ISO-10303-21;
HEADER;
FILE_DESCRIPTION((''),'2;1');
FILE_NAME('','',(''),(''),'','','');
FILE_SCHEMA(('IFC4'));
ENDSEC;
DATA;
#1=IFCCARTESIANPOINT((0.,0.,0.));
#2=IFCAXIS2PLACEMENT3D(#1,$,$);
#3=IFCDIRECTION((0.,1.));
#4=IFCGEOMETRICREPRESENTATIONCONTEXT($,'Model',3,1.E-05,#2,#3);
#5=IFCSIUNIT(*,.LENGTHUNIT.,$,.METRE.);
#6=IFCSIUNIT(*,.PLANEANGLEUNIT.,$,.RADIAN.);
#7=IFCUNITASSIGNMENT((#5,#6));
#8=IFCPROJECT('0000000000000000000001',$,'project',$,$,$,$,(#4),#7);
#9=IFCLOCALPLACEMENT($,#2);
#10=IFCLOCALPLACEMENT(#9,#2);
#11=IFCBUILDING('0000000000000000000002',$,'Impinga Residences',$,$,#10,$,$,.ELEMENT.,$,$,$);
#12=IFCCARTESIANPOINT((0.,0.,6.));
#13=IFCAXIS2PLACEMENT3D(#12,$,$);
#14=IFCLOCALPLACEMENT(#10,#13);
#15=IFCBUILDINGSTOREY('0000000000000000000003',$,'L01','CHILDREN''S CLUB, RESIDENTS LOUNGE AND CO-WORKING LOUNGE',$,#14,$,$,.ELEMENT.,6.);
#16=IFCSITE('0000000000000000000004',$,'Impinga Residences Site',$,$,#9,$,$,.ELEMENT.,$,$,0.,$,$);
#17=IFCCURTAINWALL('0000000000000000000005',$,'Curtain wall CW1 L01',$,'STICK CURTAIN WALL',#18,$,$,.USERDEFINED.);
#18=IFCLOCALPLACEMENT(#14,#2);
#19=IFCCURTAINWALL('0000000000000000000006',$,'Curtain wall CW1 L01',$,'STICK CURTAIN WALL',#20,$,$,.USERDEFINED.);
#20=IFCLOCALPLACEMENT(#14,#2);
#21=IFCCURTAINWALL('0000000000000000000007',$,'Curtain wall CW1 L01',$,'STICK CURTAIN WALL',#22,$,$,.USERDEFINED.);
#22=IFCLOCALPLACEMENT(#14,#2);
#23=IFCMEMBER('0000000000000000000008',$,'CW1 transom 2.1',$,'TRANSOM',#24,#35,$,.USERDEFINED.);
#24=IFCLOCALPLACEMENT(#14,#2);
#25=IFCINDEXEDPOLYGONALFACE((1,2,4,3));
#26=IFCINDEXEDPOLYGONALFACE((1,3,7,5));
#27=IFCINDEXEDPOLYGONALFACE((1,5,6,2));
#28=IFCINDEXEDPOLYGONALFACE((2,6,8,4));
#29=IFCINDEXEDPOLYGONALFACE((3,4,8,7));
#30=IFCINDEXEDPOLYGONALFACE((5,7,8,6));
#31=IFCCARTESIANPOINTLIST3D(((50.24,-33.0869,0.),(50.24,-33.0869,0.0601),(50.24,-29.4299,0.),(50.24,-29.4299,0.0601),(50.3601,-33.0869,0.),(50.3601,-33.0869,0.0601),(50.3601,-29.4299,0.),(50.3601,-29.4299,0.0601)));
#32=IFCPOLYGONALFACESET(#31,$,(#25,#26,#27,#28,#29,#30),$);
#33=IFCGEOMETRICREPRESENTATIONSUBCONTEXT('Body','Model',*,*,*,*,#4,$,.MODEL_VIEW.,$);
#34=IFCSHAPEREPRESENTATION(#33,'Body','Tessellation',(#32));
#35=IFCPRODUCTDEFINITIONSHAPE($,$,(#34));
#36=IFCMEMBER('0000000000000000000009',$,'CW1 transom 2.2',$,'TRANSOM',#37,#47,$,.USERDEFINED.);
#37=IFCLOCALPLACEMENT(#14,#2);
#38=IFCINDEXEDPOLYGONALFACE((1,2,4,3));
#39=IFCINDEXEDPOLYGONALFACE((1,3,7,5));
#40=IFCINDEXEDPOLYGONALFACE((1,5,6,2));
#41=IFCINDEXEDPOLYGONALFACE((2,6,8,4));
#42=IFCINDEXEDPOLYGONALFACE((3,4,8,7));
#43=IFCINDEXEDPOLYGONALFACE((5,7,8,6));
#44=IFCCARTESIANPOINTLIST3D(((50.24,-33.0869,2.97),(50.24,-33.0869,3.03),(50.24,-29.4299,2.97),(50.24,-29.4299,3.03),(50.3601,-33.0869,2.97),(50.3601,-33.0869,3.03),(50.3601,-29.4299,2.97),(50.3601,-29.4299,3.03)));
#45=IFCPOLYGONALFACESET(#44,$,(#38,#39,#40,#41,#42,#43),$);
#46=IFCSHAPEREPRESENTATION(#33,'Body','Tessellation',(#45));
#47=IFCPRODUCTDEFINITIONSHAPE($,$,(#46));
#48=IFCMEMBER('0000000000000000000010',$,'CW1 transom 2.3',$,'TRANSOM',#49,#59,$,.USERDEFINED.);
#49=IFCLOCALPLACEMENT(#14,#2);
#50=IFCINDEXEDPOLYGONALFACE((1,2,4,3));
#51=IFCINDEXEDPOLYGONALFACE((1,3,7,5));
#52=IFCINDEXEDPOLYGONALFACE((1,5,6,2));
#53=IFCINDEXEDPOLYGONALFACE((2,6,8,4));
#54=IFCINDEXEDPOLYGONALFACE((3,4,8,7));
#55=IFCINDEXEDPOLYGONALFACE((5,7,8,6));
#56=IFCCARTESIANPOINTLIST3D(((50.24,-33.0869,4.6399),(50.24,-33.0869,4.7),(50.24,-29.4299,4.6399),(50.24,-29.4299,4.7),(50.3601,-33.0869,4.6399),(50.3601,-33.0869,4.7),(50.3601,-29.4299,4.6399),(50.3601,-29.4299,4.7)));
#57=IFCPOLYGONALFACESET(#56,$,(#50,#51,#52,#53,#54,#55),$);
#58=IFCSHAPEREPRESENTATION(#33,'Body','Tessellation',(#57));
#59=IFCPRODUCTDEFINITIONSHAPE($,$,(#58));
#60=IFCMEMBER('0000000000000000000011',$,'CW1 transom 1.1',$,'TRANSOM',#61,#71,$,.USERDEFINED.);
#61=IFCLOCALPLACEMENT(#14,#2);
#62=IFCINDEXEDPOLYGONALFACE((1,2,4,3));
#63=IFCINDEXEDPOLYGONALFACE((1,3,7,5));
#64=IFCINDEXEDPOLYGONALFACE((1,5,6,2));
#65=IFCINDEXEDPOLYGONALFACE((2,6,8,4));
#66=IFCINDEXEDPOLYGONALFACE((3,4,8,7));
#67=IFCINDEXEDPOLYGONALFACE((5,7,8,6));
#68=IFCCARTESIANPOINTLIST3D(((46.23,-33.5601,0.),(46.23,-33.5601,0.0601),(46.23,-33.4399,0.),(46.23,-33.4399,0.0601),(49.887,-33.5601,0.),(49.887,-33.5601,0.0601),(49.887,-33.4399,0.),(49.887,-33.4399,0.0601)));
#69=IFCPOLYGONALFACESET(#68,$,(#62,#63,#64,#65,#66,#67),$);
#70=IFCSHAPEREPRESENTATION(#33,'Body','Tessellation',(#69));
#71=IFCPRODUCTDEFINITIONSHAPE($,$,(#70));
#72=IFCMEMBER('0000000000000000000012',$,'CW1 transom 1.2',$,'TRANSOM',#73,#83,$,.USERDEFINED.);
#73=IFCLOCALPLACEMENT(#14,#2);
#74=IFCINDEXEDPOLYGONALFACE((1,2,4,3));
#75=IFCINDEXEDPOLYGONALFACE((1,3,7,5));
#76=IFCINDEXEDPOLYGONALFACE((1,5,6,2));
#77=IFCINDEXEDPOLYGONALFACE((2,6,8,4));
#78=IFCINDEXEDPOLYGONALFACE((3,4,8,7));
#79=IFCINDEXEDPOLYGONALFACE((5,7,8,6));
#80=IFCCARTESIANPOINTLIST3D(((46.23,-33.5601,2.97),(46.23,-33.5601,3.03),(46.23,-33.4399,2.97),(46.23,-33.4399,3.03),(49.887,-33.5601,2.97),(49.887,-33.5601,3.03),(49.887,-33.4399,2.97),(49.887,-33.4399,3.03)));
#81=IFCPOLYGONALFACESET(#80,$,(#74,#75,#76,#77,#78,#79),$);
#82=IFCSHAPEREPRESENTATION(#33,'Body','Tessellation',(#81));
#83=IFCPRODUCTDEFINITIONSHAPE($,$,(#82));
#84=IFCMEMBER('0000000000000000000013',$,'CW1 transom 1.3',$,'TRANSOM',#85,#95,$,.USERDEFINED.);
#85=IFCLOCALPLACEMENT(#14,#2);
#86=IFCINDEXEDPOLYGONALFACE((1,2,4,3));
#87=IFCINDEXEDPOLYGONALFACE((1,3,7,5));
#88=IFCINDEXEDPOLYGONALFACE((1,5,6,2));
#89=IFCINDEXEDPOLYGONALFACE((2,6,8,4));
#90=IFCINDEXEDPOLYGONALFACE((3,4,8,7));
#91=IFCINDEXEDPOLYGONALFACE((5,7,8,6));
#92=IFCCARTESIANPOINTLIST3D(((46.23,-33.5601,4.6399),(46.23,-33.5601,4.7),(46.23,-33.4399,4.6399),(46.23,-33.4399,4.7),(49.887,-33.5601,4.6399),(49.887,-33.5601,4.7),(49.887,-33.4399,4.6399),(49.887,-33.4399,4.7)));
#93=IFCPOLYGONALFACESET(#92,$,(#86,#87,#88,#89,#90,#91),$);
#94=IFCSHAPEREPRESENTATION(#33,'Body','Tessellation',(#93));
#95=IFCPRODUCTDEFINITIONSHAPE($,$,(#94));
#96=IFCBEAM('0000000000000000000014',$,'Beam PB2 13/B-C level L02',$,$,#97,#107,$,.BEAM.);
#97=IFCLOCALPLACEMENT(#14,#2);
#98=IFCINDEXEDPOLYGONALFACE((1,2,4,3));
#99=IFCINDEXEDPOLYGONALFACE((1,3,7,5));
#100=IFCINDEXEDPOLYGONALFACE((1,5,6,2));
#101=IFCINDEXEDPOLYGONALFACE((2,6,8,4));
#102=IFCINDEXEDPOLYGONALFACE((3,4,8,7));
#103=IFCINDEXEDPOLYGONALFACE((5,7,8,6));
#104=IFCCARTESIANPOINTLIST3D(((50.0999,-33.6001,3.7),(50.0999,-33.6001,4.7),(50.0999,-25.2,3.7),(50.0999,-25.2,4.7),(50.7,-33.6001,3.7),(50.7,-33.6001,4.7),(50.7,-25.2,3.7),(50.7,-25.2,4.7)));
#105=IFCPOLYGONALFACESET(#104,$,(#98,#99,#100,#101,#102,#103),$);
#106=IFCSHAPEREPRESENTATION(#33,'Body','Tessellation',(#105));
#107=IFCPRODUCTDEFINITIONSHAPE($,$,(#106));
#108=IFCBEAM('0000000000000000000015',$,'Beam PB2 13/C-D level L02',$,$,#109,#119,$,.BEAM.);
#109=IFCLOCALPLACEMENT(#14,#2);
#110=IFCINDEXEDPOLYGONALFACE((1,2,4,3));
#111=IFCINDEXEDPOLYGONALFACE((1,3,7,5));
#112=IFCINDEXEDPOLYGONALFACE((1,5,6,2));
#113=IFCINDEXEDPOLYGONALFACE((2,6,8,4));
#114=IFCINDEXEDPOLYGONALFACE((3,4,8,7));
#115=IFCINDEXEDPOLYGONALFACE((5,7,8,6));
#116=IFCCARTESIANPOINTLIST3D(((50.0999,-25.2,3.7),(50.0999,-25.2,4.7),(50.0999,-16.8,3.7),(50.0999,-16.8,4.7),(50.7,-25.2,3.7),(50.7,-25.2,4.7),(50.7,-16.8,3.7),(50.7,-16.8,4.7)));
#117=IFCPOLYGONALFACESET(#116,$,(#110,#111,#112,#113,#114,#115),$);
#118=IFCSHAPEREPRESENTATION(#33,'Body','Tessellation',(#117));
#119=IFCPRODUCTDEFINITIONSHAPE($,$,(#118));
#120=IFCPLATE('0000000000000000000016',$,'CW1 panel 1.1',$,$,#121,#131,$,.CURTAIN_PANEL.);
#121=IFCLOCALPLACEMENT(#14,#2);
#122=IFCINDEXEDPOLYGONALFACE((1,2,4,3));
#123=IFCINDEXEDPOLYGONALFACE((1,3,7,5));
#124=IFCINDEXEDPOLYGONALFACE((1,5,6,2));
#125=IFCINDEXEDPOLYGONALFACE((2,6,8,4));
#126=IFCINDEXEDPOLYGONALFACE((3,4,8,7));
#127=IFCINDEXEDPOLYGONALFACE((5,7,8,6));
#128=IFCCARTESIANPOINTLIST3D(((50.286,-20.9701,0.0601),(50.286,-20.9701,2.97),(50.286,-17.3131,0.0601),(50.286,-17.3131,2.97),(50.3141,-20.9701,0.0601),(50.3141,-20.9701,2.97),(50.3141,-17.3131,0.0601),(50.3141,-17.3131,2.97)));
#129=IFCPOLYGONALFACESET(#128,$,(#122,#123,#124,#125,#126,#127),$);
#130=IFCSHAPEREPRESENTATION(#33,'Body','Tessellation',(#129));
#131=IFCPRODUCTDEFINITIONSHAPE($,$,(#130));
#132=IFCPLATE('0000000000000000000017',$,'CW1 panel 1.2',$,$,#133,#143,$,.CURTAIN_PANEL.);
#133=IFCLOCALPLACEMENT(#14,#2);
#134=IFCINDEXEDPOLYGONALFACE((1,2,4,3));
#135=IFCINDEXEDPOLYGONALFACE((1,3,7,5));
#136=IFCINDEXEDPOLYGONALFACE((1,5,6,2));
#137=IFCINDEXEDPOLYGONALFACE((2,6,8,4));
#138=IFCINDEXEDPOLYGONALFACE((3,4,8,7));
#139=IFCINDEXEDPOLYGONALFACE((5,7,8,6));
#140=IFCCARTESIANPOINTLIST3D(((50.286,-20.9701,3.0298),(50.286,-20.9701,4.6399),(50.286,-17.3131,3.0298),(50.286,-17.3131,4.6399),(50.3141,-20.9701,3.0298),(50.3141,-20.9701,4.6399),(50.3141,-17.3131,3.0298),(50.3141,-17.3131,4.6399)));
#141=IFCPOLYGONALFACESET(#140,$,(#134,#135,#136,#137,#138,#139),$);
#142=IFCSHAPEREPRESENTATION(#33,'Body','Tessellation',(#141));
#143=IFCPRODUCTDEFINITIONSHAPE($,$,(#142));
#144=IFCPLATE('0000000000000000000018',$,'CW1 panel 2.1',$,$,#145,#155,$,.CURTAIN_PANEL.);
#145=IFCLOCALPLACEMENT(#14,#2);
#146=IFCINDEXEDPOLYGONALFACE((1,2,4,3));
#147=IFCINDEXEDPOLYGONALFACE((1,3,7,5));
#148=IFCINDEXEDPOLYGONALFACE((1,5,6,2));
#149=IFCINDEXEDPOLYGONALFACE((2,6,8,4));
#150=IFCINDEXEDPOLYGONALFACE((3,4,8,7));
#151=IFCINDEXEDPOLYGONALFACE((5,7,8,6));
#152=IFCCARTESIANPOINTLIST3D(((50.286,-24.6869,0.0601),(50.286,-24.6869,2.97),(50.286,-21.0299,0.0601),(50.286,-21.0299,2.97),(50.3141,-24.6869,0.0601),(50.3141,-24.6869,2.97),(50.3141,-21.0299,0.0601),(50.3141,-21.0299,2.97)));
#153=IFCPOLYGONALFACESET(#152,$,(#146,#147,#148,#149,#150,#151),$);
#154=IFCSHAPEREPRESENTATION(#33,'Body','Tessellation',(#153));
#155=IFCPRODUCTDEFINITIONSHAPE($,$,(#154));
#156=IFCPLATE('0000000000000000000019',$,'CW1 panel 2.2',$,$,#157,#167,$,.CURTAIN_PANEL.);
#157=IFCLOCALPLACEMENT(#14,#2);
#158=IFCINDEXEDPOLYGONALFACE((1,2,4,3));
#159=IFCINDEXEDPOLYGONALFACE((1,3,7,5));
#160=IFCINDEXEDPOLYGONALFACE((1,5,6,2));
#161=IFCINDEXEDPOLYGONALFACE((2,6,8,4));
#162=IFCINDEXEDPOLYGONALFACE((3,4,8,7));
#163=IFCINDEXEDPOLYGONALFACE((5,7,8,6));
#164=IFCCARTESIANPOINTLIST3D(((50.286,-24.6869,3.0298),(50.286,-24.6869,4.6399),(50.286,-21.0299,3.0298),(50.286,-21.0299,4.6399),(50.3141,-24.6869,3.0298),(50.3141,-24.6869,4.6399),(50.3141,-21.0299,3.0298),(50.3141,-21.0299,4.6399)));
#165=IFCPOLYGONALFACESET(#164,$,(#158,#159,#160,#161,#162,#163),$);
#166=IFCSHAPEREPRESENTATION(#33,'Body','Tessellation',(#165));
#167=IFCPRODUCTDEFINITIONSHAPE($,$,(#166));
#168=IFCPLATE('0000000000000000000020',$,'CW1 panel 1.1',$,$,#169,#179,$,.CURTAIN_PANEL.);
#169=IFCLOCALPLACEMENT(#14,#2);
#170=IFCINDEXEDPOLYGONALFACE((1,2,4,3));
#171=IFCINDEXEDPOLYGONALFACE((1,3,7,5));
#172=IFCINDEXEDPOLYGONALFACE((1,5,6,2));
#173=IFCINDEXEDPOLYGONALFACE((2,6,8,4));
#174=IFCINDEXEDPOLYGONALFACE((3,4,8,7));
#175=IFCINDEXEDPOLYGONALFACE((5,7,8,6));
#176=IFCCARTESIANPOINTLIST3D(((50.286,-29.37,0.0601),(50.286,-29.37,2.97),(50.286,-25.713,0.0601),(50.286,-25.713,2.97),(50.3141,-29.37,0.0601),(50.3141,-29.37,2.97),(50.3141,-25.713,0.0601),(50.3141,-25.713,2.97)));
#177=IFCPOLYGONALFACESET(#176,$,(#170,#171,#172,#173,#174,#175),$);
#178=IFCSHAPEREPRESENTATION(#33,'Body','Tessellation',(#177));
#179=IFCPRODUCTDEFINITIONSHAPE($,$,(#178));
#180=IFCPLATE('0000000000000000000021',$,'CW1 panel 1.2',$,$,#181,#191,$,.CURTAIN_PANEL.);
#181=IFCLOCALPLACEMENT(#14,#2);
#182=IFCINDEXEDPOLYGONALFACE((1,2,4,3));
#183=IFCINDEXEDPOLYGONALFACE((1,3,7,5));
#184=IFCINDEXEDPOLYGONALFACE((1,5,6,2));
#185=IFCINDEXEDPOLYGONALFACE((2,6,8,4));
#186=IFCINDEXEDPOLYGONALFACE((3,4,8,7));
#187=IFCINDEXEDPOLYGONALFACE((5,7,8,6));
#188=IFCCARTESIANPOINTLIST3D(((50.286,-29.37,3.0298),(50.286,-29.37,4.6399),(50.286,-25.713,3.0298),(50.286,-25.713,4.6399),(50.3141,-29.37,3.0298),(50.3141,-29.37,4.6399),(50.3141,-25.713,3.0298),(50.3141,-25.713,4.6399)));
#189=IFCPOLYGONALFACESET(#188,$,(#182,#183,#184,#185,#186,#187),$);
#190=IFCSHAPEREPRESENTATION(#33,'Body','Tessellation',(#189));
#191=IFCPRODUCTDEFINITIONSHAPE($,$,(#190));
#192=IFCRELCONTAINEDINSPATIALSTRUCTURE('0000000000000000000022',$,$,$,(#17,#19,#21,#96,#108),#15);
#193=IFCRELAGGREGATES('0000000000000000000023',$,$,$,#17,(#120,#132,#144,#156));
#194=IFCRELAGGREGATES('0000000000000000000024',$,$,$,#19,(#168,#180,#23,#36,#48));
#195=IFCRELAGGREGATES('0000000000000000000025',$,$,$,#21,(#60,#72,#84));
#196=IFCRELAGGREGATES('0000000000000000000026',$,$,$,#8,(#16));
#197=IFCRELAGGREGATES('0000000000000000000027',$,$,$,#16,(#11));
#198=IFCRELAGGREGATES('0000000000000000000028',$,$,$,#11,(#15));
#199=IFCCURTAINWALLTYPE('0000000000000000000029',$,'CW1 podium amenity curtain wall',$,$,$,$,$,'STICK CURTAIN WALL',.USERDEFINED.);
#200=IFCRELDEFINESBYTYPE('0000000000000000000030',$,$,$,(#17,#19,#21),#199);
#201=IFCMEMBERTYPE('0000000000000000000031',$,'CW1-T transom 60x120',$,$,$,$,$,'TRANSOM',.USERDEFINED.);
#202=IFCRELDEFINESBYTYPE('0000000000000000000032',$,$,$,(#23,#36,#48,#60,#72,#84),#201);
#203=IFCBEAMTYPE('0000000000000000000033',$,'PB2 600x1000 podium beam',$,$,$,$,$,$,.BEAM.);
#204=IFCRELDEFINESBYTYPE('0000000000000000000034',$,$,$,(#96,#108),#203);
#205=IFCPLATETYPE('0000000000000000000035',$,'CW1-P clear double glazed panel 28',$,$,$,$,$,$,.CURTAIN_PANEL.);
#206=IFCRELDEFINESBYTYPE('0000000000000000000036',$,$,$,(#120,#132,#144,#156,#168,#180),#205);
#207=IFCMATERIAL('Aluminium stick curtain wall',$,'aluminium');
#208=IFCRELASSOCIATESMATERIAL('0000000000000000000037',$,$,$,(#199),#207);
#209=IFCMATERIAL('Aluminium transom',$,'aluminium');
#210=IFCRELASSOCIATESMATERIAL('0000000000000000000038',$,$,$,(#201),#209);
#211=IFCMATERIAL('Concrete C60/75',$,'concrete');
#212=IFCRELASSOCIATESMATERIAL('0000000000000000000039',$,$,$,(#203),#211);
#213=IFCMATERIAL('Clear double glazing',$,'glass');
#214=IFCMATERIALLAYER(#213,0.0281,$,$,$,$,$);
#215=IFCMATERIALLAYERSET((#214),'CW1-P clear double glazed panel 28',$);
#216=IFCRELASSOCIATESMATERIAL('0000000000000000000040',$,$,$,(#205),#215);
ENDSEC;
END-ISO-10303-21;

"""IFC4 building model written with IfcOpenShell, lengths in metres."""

from ifc_helpers import new_model, si_unit, direction, frame, origin, origin_2d, place, context, subcontext, project, spatial, rectangle, extrude, material, layer, layer_set, material_profile, profile_set, type_object, element, aggregate, save


model = new_model("IFC4")

# Units and contexts
model_context = context("Model", 3, precision=1e-05, world=origin(), true_north=direction((0.0, 1.0)))
body_context = subcontext(model_context, "Body", "Model", "MODEL_VIEW")
ifc_project = project(units=[si_unit("LENGTHUNIT", "METRE"), si_unit("PLANEANGLEUNIT", "RADIAN")], contexts=[model_context])

# Site, building, storey
site_placement = place(None, origin())
site = spatial("IfcSite", under=ifc_project, at=site_placement, Name="Impinga Residences Site", CompositionType="ELEMENT", RefElevation=0.0)
building_placement = place(site_placement, origin())
building = spatial("IfcBuilding", under=site, at=building_placement, Name="Impinga Residences", CompositionType="ELEMENT")
storey_placement = place(building_placement, frame((0.0, 0.0, 6.0)))
storey = spatial("IfcBuildingStorey", under=building, at=storey_placement, Name="L01", Description="CHILDREN'S CLUB, RESIDENTS LOUNGE AND CO-WORKING LOUNGE", CompositionType="ELEMENT", Elevation=6.0)

# Curtain walls
ifc_material_1 = material(Name="Aluminium stick curtain wall", Category="aluminium")
curtain_wall_type = type_object("IfcCurtainWallType", Name="CW1 podium amenity curtain wall", ElementType="STICK CURTAIN WALL", PredefinedType="USERDEFINED", material=ifc_material_1)
curtain_wall_1_placement = place(storey_placement, origin())
curtain_wall_1 = element("IfcCurtainWall", 1, at=curtain_wall_1_placement, inside=storey, type_object=curtain_wall_type, Name="Curtain wall CW1 L01", ObjectType="STICK CURTAIN WALL", PredefinedType="USERDEFINED")
curtain_wall_2_placement = place(storey_placement, origin())
curtain_wall_2 = element("IfcCurtainWall", 2, at=curtain_wall_2_placement, inside=storey, type_object=curtain_wall_type, Name="Curtain wall CW1 L01", ObjectType="STICK CURTAIN WALL", PredefinedType="USERDEFINED")

# Curtain wall
curtain_wall_3_placement = place(storey_placement, origin())
curtain_wall_3 = element("IfcCurtainWall", 3, at=curtain_wall_3_placement, inside=storey, type_object=curtain_wall_type, Name="Curtain wall CW1 L01", ObjectType="STICK CURTAIN WALL", PredefinedType="USERDEFINED")

# Members
ifc_material_2 = material(Name="Aluminium transom", Category="aluminium")
ifc_material_profile_1 = material_profile(ifc_material_2, rectangle(XDim=0.0601, YDim=0.1201, at=origin_2d()), Name="60x120 transom")
ifc_profile_set_1 = profile_set([ifc_material_profile_1], Name="Aluminium transom")
member_type_1 = type_object("IfcMemberType", Name="CW1-T transom 60x120", ElementType="TRANSOM", PredefinedType="USERDEFINED", material=ifc_profile_set_1)
member_1_placement = place(storey_placement, frame((50.3, -29.4299, 0.03), z_axis=(0.0, -1.0, 0.0), x_axis=(0.0, 0.0, 1.0)))
member_1 = element("IfcMember", 4, at=member_1_placement, type_object=member_type_1, Name="CW1 transom 2.1", ObjectType="TRANSOM", PredefinedType="USERDEFINED", context=body_context, shape_type="SweptSolid", body=[
    extrude(rectangle(XDim=0.0601, YDim=0.1201, at=origin_2d()), origin(), (0.0, 0.0, 1.0), 3.657),
])
member_2_placement = place(storey_placement, frame((50.3, -29.4299, 3.0), z_axis=(0.0, -1.0, 0.0), x_axis=(0.0, 0.0, 1.0)))
member_2 = element("IfcMember", 5, at=member_2_placement, type_object=member_type_1, Name="CW1 transom 2.2", ObjectType="TRANSOM", PredefinedType="USERDEFINED", context=body_context, shape_type="SweptSolid", body=[
    extrude(rectangle(XDim=0.0601, YDim=0.1201, at=origin_2d()), origin(), (0.0, 0.0, 1.0), 3.657),
])
member_3_placement = place(storey_placement, frame((50.3, -29.4299, 4.6699), z_axis=(0.0, -1.0, 0.0), x_axis=(0.0, 0.0, 1.0)))
member_3 = element("IfcMember", 6, at=member_3_placement, type_object=member_type_1, Name="CW1 transom 2.3", ObjectType="TRANSOM", PredefinedType="USERDEFINED", context=body_context, shape_type="SweptSolid", body=[
    extrude(rectangle(XDim=0.0601, YDim=0.1201, at=origin_2d()), origin(), (0.0, 0.0, 1.0), 3.657),
])
member_4_placement = place(storey_placement, frame((49.887, -33.5, 0.03), z_axis=(-1.0, 0.0, 0.0), x_axis=(0.0, 0.0, 1.0)))
member_4 = element("IfcMember", 7, at=member_4_placement, type_object=member_type_1, Name="CW1 transom 1.1", ObjectType="TRANSOM", PredefinedType="USERDEFINED", context=body_context, shape_type="SweptSolid", body=[
    extrude(rectangle(XDim=0.0601, YDim=0.1201, at=origin_2d()), origin(), (0.0, 0.0, 1.0), 3.657),
])
member_5_placement = place(storey_placement, frame((49.887, -33.5, 3.0), z_axis=(-1.0, 0.0, 0.0), x_axis=(0.0, 0.0, 1.0)))
member_5 = element("IfcMember", 8, at=member_5_placement, type_object=member_type_1, Name="CW1 transom 1.2", ObjectType="TRANSOM", PredefinedType="USERDEFINED", context=body_context, shape_type="SweptSolid", body=[
    extrude(rectangle(XDim=0.0601, YDim=0.1201, at=origin_2d()), origin(), (0.0, 0.0, 1.0), 3.657),
])
member_6_placement = place(storey_placement, frame((49.887, -33.5, 4.6699), z_axis=(-1.0, 0.0, 0.0), x_axis=(0.0, 0.0, 1.0)))
member_6 = element("IfcMember", 9, at=member_6_placement, type_object=member_type_1, Name="CW1 transom 1.3", ObjectType="TRANSOM", PredefinedType="USERDEFINED", context=body_context, shape_type="SweptSolid", body=[
    extrude(rectangle(XDim=0.0601, YDim=0.1201, at=origin_2d()), origin(), (0.0, 0.0, 1.0), 3.657),
])

# Beams
ifc_material_3 = material(Name="Concrete C60/75", Category="concrete")
ifc_material_profile_2 = material_profile(ifc_material_3, rectangle(XDim=0.6001, YDim=1.0, at=origin_2d()), Name="RC 600x1000")
ifc_profile_set_2 = profile_set([ifc_material_profile_2], Name="Concrete C60/75")
beam_type = type_object("IfcBeamType", Name="PB2 600x1000 podium beam", PredefinedType="BEAM", material=ifc_profile_set_2)
beam_1_placement = place(storey_placement, frame((50.3999, -33.6001, 4.2), z_axis=(0.0, 1.0, 0.0), x_axis=(-1.0, 0.0, 0.0)))
element("IfcBeam", 10, at=beam_1_placement, inside=storey, type_object=beam_type, Name="Beam PB2 13/B-C level L02", PredefinedType="BEAM", context=body_context, shape_type="SweptSolid", body=[
    extrude(rectangle(XDim=0.6001, YDim=1.0, at=origin_2d()), origin(), (0.0, 0.0, 1.0), 8.4001),
])
beam_2_placement = place(storey_placement, frame((50.3999, -25.2, 4.2), z_axis=(0.0, 1.0, 0.0), x_axis=(-1.0, 0.0, 0.0)))
element("IfcBeam", 11, at=beam_2_placement, inside=storey, type_object=beam_type, Name="Beam PB2 13/C-D level L02", PredefinedType="BEAM", context=body_context, shape_type="SweptSolid", body=[
    extrude(rectangle(XDim=0.6001, YDim=1.0, at=origin_2d()), origin(), (0.0, 0.0, 1.0), 8.3999),
])

# Plates
ifc_material_4 = material(Name="Clear double glazing", Category="glass")
ifc_layer = layer(ifc_material_4, 0.0281)
ifc_layer_set = layer_set([ifc_layer], Name="CW1-P clear double glazed panel 28")
plate_type = type_object("IfcPlateType", Name="CW1-P clear double glazed panel 28", PredefinedType="CURTAIN_PANEL", material=ifc_layer_set)
plate_1_placement = place(storey_placement, frame((50.3, -19.1416, 0.0601), z_axis=(0.0, 0.0, 1.0), x_axis=(0.0, -1.0, 0.0)))
plate_1 = element("IfcPlate", 12, at=plate_1_placement, type_object=plate_type, Name="CW1 panel 1.1", PredefinedType="CURTAIN_PANEL", context=body_context, shape_type="SweptSolid", body=[
    extrude(rectangle(XDim=3.657, YDim=0.0281, at=origin_2d()), origin(), (0.0, 0.0, 1.0), 2.9099),
])
plate_2_placement = place(storey_placement, frame((50.3, -19.1416, 3.0298), z_axis=(0.0, 0.0, 1.0), x_axis=(0.0, -1.0, 0.0)))
plate_2 = element("IfcPlate", 13, at=plate_2_placement, type_object=plate_type, Name="CW1 panel 1.2", PredefinedType="CURTAIN_PANEL", context=body_context, shape_type="SweptSolid", body=[
    extrude(rectangle(XDim=3.657, YDim=0.0281, at=origin_2d()), origin(), (0.0, 0.0, 1.0), 1.6101),
])
plate_3_placement = place(storey_placement, frame((50.3, -22.8584, 0.0601), z_axis=(0.0, 0.0, 1.0), x_axis=(0.0, -1.0, 0.0)))
plate_3 = element("IfcPlate", 14, at=plate_3_placement, type_object=plate_type, Name="CW1 panel 2.1", PredefinedType="CURTAIN_PANEL", context=body_context, shape_type="SweptSolid", body=[
    extrude(rectangle(XDim=3.657, YDim=0.0281, at=origin_2d()), origin(), (0.0, 0.0, 1.0), 2.9099),
])
plate_4_placement = place(storey_placement, frame((50.3, -22.8584, 3.0298), z_axis=(0.0, 0.0, 1.0), x_axis=(0.0, -1.0, 0.0)))
plate_4 = element("IfcPlate", 15, at=plate_4_placement, type_object=plate_type, Name="CW1 panel 2.2", PredefinedType="CURTAIN_PANEL", context=body_context, shape_type="SweptSolid", body=[
    extrude(rectangle(XDim=3.657, YDim=0.0281, at=origin_2d()), origin(), (0.0, 0.0, 1.0), 1.6101),
])
aggregate(curtain_wall_1, [plate_1, plate_2, plate_3, plate_4])
plate_5_placement = place(storey_placement, frame((50.3, -27.5415, 0.0601), z_axis=(0.0, 0.0, 1.0), x_axis=(0.0, -1.0, 0.0)))
plate_5 = element("IfcPlate", 16, at=plate_5_placement, type_object=plate_type, Name="CW1 panel 1.1", PredefinedType="CURTAIN_PANEL", context=body_context, shape_type="SweptSolid", body=[
    extrude(rectangle(XDim=3.657, YDim=0.0281, at=origin_2d()), origin(), (0.0, 0.0, 1.0), 2.9099),
])
plate_6_placement = place(storey_placement, frame((50.3, -27.5415, 3.0298), z_axis=(0.0, 0.0, 1.0), x_axis=(0.0, -1.0, 0.0)))
plate_6 = element("IfcPlate", 17, at=plate_6_placement, type_object=plate_type, Name="CW1 panel 1.2", PredefinedType="CURTAIN_PANEL", context=body_context, shape_type="SweptSolid", body=[
    extrude(rectangle(XDim=3.657, YDim=0.0281, at=origin_2d()), origin(), (0.0, 0.0, 1.0), 1.6101),
])
aggregate(curtain_wall_2, [plate_5, plate_6, member_1, member_2, member_3])
aggregate(curtain_wall_3, [member_4, member_5, member_6])

save(model, "model.ifc")
